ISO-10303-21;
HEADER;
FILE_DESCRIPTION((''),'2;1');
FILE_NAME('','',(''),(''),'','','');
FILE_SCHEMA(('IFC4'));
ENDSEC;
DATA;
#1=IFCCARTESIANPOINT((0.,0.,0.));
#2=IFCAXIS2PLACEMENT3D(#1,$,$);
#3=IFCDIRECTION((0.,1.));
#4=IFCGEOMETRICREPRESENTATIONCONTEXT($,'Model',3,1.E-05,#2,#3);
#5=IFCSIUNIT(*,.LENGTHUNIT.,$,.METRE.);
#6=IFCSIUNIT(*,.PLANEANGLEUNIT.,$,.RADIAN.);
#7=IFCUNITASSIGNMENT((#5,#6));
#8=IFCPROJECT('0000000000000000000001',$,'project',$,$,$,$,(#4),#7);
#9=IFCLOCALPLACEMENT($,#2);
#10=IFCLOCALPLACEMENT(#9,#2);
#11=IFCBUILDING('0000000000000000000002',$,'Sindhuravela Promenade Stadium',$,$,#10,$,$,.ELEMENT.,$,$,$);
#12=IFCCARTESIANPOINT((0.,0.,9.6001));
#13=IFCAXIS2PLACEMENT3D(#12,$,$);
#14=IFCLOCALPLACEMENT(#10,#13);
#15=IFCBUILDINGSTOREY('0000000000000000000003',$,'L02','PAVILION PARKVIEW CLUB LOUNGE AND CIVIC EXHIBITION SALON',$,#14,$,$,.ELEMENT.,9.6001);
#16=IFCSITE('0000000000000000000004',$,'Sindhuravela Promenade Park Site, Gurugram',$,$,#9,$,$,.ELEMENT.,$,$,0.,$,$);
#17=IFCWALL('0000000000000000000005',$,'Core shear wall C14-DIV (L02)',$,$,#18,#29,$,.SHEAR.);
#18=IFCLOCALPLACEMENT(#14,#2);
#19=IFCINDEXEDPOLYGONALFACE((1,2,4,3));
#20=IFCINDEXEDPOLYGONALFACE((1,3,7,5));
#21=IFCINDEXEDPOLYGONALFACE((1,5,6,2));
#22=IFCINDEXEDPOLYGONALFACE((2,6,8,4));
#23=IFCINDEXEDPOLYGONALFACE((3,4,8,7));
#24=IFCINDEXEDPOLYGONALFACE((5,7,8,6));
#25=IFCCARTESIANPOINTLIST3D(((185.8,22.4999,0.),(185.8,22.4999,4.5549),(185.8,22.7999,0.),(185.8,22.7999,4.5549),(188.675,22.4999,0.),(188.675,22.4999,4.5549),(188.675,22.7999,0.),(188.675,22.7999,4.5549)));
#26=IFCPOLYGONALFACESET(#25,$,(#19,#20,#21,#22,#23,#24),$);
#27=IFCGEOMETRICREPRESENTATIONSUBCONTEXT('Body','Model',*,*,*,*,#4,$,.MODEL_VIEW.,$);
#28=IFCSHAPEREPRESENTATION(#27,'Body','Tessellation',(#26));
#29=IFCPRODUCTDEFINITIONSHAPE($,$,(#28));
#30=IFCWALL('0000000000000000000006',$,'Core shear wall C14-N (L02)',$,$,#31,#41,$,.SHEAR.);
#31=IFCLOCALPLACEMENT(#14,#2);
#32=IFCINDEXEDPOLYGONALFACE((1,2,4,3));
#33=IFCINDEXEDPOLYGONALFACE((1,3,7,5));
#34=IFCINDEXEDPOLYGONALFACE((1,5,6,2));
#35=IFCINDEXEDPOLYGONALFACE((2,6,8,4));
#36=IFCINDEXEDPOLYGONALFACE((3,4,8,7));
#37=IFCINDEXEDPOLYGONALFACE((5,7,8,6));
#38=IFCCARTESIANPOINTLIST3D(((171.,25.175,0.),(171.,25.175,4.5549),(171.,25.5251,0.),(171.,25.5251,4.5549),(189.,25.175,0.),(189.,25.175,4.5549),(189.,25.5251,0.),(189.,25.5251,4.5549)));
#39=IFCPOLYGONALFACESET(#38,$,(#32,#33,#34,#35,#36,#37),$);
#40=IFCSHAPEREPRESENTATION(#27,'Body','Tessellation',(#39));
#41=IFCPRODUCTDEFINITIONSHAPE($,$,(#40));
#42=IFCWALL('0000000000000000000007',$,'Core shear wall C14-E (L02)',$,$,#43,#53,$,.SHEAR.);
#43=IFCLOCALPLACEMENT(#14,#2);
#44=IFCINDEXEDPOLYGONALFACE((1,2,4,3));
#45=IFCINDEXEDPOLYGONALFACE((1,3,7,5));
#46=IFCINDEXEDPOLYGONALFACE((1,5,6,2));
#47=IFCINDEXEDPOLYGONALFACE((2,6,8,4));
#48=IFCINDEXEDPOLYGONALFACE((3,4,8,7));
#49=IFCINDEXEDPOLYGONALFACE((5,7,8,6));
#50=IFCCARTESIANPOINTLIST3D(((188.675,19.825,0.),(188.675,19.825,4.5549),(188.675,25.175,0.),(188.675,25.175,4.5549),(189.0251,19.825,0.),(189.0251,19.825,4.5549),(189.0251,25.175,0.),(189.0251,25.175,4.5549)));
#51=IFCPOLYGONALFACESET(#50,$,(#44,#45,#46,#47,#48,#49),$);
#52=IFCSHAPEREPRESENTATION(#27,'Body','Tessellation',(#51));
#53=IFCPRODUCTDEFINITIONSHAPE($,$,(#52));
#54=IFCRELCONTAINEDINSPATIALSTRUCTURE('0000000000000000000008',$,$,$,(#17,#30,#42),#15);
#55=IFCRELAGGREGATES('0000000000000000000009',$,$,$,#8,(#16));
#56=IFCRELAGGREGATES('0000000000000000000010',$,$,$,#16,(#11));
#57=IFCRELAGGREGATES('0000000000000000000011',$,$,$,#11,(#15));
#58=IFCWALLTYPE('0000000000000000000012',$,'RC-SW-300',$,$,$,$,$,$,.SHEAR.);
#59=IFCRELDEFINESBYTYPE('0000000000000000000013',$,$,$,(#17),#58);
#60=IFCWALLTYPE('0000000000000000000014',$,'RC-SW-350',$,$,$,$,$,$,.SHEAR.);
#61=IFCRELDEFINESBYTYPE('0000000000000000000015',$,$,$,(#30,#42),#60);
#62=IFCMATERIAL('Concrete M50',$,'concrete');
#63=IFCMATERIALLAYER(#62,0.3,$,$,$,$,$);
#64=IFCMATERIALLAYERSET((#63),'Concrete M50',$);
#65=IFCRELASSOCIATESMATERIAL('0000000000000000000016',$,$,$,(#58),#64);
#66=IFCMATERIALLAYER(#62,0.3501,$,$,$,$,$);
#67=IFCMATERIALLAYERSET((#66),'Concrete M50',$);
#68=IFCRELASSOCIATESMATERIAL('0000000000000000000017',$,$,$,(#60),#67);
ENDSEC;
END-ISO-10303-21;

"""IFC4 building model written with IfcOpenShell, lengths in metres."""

from ifc_helpers import new_model, si_unit, direction, frame, frame_2d, origin, place, context, subcontext, project, spatial, rectangle, extrude, material, layer, layer_set, type_object, element, save


model = new_model("IFC4")

# Units and contexts
model_context = context("Model", 3, precision=1e-05, world=origin(), true_north=direction((0.0, 1.0)))
body_context = subcontext(model_context, "Body", "Model", "MODEL_VIEW")
ifc_project = project(units=[si_unit("LENGTHUNIT", "METRE"), si_unit("PLANEANGLEUNIT", "RADIAN")], contexts=[model_context])

# Site, building, storey
site_placement = place(None, origin())
site = spatial("IfcSite", under=ifc_project, at=site_placement, Name="Sindhuravela Promenade Park Site, Gurugram", CompositionType="ELEMENT", RefElevation=0.0)
building_placement = place(site_placement, origin())
building = spatial("IfcBuilding", under=site, at=building_placement, Name="Sindhuravela Promenade Stadium", CompositionType="ELEMENT")
storey_placement = place(building_placement, frame((0.0, 0.0, 9.6001)))
storey = spatial("IfcBuildingStorey", under=building, at=storey_placement, Name="L02", Description="PAVILION PARKVIEW CLUB LOUNGE AND CIVIC EXHIBITION SALON", CompositionType="ELEMENT", Elevation=9.6001)

# Shared definitions
ifc_material_1 = material(Name="Concrete M50", Category="concrete")
ifc_layer_1 = layer(ifc_material_1, 0.3)
ifc_layer_set_1 = layer_set([ifc_layer_1], Name="Concrete M50")
wall_type_1 = type_object("IfcWallType", Name="RC-SW-300", PredefinedType="SHEAR", material=ifc_layer_set_1)

# Walls
wall_1_placement = place(storey_placement, frame((185.8, 22.6499, 0.0), z_axis=(0.0, 0.0, 1.0), x_axis=(1.0, 0.0, 0.0)))
element("IfcWall", 1, at=wall_1_placement, inside=storey, type_object=wall_type_1, Name="Core shear wall C14-DIV (L02)", PredefinedType="SHEAR", context=body_context, shape_type="SweptSolid", body=[
    extrude(rectangle(XDim=2.875, YDim=0.3, at=frame_2d((1.4375, 0.0))), origin(), (0.0, 0.0, 1.0), 4.5549),
])
ifc_layer_2 = layer(ifc_material_1, 0.3501)
ifc_layer_set_2 = layer_set([ifc_layer_2], Name="Concrete M50")
wall_type_2 = type_object("IfcWallType", Name="RC-SW-350", PredefinedType="SHEAR", material=ifc_layer_set_2)
wall_2_placement = place(storey_placement, frame((189.0, 25.3501, 0.0), z_axis=(0.0, 0.0, 1.0), x_axis=(-1.0, 0.0, 0.0)))
element("IfcWall", 2, at=wall_2_placement, inside=storey, type_object=wall_type_2, Name="Core shear wall C14-N (L02)", PredefinedType="SHEAR", context=body_context, shape_type="SweptSolid", body=[
    extrude(rectangle(XDim=18.0, YDim=0.3501, at=frame_2d((9.0, 0.0))), origin(), (0.0, 0.0, 1.0), 4.5549),
])
wall_3_placement = place(storey_placement, frame((188.8501, 19.825, 0.0), z_axis=(0.0, 0.0, 1.0), x_axis=(0.0, 1.0, 0.0)))
element("IfcWall", 3, at=wall_3_placement, inside=storey, type_object=wall_type_2, Name="Core shear wall C14-E (L02)", PredefinedType="SHEAR", context=body_context, shape_type="SweptSolid", body=[
    extrude(rectangle(XDim=5.3501, YDim=0.3501, at=frame_2d((2.675, 0.0))), origin(), (0.0, 0.0, 1.0), 4.5549),
])

save(model, "model.ifc")
